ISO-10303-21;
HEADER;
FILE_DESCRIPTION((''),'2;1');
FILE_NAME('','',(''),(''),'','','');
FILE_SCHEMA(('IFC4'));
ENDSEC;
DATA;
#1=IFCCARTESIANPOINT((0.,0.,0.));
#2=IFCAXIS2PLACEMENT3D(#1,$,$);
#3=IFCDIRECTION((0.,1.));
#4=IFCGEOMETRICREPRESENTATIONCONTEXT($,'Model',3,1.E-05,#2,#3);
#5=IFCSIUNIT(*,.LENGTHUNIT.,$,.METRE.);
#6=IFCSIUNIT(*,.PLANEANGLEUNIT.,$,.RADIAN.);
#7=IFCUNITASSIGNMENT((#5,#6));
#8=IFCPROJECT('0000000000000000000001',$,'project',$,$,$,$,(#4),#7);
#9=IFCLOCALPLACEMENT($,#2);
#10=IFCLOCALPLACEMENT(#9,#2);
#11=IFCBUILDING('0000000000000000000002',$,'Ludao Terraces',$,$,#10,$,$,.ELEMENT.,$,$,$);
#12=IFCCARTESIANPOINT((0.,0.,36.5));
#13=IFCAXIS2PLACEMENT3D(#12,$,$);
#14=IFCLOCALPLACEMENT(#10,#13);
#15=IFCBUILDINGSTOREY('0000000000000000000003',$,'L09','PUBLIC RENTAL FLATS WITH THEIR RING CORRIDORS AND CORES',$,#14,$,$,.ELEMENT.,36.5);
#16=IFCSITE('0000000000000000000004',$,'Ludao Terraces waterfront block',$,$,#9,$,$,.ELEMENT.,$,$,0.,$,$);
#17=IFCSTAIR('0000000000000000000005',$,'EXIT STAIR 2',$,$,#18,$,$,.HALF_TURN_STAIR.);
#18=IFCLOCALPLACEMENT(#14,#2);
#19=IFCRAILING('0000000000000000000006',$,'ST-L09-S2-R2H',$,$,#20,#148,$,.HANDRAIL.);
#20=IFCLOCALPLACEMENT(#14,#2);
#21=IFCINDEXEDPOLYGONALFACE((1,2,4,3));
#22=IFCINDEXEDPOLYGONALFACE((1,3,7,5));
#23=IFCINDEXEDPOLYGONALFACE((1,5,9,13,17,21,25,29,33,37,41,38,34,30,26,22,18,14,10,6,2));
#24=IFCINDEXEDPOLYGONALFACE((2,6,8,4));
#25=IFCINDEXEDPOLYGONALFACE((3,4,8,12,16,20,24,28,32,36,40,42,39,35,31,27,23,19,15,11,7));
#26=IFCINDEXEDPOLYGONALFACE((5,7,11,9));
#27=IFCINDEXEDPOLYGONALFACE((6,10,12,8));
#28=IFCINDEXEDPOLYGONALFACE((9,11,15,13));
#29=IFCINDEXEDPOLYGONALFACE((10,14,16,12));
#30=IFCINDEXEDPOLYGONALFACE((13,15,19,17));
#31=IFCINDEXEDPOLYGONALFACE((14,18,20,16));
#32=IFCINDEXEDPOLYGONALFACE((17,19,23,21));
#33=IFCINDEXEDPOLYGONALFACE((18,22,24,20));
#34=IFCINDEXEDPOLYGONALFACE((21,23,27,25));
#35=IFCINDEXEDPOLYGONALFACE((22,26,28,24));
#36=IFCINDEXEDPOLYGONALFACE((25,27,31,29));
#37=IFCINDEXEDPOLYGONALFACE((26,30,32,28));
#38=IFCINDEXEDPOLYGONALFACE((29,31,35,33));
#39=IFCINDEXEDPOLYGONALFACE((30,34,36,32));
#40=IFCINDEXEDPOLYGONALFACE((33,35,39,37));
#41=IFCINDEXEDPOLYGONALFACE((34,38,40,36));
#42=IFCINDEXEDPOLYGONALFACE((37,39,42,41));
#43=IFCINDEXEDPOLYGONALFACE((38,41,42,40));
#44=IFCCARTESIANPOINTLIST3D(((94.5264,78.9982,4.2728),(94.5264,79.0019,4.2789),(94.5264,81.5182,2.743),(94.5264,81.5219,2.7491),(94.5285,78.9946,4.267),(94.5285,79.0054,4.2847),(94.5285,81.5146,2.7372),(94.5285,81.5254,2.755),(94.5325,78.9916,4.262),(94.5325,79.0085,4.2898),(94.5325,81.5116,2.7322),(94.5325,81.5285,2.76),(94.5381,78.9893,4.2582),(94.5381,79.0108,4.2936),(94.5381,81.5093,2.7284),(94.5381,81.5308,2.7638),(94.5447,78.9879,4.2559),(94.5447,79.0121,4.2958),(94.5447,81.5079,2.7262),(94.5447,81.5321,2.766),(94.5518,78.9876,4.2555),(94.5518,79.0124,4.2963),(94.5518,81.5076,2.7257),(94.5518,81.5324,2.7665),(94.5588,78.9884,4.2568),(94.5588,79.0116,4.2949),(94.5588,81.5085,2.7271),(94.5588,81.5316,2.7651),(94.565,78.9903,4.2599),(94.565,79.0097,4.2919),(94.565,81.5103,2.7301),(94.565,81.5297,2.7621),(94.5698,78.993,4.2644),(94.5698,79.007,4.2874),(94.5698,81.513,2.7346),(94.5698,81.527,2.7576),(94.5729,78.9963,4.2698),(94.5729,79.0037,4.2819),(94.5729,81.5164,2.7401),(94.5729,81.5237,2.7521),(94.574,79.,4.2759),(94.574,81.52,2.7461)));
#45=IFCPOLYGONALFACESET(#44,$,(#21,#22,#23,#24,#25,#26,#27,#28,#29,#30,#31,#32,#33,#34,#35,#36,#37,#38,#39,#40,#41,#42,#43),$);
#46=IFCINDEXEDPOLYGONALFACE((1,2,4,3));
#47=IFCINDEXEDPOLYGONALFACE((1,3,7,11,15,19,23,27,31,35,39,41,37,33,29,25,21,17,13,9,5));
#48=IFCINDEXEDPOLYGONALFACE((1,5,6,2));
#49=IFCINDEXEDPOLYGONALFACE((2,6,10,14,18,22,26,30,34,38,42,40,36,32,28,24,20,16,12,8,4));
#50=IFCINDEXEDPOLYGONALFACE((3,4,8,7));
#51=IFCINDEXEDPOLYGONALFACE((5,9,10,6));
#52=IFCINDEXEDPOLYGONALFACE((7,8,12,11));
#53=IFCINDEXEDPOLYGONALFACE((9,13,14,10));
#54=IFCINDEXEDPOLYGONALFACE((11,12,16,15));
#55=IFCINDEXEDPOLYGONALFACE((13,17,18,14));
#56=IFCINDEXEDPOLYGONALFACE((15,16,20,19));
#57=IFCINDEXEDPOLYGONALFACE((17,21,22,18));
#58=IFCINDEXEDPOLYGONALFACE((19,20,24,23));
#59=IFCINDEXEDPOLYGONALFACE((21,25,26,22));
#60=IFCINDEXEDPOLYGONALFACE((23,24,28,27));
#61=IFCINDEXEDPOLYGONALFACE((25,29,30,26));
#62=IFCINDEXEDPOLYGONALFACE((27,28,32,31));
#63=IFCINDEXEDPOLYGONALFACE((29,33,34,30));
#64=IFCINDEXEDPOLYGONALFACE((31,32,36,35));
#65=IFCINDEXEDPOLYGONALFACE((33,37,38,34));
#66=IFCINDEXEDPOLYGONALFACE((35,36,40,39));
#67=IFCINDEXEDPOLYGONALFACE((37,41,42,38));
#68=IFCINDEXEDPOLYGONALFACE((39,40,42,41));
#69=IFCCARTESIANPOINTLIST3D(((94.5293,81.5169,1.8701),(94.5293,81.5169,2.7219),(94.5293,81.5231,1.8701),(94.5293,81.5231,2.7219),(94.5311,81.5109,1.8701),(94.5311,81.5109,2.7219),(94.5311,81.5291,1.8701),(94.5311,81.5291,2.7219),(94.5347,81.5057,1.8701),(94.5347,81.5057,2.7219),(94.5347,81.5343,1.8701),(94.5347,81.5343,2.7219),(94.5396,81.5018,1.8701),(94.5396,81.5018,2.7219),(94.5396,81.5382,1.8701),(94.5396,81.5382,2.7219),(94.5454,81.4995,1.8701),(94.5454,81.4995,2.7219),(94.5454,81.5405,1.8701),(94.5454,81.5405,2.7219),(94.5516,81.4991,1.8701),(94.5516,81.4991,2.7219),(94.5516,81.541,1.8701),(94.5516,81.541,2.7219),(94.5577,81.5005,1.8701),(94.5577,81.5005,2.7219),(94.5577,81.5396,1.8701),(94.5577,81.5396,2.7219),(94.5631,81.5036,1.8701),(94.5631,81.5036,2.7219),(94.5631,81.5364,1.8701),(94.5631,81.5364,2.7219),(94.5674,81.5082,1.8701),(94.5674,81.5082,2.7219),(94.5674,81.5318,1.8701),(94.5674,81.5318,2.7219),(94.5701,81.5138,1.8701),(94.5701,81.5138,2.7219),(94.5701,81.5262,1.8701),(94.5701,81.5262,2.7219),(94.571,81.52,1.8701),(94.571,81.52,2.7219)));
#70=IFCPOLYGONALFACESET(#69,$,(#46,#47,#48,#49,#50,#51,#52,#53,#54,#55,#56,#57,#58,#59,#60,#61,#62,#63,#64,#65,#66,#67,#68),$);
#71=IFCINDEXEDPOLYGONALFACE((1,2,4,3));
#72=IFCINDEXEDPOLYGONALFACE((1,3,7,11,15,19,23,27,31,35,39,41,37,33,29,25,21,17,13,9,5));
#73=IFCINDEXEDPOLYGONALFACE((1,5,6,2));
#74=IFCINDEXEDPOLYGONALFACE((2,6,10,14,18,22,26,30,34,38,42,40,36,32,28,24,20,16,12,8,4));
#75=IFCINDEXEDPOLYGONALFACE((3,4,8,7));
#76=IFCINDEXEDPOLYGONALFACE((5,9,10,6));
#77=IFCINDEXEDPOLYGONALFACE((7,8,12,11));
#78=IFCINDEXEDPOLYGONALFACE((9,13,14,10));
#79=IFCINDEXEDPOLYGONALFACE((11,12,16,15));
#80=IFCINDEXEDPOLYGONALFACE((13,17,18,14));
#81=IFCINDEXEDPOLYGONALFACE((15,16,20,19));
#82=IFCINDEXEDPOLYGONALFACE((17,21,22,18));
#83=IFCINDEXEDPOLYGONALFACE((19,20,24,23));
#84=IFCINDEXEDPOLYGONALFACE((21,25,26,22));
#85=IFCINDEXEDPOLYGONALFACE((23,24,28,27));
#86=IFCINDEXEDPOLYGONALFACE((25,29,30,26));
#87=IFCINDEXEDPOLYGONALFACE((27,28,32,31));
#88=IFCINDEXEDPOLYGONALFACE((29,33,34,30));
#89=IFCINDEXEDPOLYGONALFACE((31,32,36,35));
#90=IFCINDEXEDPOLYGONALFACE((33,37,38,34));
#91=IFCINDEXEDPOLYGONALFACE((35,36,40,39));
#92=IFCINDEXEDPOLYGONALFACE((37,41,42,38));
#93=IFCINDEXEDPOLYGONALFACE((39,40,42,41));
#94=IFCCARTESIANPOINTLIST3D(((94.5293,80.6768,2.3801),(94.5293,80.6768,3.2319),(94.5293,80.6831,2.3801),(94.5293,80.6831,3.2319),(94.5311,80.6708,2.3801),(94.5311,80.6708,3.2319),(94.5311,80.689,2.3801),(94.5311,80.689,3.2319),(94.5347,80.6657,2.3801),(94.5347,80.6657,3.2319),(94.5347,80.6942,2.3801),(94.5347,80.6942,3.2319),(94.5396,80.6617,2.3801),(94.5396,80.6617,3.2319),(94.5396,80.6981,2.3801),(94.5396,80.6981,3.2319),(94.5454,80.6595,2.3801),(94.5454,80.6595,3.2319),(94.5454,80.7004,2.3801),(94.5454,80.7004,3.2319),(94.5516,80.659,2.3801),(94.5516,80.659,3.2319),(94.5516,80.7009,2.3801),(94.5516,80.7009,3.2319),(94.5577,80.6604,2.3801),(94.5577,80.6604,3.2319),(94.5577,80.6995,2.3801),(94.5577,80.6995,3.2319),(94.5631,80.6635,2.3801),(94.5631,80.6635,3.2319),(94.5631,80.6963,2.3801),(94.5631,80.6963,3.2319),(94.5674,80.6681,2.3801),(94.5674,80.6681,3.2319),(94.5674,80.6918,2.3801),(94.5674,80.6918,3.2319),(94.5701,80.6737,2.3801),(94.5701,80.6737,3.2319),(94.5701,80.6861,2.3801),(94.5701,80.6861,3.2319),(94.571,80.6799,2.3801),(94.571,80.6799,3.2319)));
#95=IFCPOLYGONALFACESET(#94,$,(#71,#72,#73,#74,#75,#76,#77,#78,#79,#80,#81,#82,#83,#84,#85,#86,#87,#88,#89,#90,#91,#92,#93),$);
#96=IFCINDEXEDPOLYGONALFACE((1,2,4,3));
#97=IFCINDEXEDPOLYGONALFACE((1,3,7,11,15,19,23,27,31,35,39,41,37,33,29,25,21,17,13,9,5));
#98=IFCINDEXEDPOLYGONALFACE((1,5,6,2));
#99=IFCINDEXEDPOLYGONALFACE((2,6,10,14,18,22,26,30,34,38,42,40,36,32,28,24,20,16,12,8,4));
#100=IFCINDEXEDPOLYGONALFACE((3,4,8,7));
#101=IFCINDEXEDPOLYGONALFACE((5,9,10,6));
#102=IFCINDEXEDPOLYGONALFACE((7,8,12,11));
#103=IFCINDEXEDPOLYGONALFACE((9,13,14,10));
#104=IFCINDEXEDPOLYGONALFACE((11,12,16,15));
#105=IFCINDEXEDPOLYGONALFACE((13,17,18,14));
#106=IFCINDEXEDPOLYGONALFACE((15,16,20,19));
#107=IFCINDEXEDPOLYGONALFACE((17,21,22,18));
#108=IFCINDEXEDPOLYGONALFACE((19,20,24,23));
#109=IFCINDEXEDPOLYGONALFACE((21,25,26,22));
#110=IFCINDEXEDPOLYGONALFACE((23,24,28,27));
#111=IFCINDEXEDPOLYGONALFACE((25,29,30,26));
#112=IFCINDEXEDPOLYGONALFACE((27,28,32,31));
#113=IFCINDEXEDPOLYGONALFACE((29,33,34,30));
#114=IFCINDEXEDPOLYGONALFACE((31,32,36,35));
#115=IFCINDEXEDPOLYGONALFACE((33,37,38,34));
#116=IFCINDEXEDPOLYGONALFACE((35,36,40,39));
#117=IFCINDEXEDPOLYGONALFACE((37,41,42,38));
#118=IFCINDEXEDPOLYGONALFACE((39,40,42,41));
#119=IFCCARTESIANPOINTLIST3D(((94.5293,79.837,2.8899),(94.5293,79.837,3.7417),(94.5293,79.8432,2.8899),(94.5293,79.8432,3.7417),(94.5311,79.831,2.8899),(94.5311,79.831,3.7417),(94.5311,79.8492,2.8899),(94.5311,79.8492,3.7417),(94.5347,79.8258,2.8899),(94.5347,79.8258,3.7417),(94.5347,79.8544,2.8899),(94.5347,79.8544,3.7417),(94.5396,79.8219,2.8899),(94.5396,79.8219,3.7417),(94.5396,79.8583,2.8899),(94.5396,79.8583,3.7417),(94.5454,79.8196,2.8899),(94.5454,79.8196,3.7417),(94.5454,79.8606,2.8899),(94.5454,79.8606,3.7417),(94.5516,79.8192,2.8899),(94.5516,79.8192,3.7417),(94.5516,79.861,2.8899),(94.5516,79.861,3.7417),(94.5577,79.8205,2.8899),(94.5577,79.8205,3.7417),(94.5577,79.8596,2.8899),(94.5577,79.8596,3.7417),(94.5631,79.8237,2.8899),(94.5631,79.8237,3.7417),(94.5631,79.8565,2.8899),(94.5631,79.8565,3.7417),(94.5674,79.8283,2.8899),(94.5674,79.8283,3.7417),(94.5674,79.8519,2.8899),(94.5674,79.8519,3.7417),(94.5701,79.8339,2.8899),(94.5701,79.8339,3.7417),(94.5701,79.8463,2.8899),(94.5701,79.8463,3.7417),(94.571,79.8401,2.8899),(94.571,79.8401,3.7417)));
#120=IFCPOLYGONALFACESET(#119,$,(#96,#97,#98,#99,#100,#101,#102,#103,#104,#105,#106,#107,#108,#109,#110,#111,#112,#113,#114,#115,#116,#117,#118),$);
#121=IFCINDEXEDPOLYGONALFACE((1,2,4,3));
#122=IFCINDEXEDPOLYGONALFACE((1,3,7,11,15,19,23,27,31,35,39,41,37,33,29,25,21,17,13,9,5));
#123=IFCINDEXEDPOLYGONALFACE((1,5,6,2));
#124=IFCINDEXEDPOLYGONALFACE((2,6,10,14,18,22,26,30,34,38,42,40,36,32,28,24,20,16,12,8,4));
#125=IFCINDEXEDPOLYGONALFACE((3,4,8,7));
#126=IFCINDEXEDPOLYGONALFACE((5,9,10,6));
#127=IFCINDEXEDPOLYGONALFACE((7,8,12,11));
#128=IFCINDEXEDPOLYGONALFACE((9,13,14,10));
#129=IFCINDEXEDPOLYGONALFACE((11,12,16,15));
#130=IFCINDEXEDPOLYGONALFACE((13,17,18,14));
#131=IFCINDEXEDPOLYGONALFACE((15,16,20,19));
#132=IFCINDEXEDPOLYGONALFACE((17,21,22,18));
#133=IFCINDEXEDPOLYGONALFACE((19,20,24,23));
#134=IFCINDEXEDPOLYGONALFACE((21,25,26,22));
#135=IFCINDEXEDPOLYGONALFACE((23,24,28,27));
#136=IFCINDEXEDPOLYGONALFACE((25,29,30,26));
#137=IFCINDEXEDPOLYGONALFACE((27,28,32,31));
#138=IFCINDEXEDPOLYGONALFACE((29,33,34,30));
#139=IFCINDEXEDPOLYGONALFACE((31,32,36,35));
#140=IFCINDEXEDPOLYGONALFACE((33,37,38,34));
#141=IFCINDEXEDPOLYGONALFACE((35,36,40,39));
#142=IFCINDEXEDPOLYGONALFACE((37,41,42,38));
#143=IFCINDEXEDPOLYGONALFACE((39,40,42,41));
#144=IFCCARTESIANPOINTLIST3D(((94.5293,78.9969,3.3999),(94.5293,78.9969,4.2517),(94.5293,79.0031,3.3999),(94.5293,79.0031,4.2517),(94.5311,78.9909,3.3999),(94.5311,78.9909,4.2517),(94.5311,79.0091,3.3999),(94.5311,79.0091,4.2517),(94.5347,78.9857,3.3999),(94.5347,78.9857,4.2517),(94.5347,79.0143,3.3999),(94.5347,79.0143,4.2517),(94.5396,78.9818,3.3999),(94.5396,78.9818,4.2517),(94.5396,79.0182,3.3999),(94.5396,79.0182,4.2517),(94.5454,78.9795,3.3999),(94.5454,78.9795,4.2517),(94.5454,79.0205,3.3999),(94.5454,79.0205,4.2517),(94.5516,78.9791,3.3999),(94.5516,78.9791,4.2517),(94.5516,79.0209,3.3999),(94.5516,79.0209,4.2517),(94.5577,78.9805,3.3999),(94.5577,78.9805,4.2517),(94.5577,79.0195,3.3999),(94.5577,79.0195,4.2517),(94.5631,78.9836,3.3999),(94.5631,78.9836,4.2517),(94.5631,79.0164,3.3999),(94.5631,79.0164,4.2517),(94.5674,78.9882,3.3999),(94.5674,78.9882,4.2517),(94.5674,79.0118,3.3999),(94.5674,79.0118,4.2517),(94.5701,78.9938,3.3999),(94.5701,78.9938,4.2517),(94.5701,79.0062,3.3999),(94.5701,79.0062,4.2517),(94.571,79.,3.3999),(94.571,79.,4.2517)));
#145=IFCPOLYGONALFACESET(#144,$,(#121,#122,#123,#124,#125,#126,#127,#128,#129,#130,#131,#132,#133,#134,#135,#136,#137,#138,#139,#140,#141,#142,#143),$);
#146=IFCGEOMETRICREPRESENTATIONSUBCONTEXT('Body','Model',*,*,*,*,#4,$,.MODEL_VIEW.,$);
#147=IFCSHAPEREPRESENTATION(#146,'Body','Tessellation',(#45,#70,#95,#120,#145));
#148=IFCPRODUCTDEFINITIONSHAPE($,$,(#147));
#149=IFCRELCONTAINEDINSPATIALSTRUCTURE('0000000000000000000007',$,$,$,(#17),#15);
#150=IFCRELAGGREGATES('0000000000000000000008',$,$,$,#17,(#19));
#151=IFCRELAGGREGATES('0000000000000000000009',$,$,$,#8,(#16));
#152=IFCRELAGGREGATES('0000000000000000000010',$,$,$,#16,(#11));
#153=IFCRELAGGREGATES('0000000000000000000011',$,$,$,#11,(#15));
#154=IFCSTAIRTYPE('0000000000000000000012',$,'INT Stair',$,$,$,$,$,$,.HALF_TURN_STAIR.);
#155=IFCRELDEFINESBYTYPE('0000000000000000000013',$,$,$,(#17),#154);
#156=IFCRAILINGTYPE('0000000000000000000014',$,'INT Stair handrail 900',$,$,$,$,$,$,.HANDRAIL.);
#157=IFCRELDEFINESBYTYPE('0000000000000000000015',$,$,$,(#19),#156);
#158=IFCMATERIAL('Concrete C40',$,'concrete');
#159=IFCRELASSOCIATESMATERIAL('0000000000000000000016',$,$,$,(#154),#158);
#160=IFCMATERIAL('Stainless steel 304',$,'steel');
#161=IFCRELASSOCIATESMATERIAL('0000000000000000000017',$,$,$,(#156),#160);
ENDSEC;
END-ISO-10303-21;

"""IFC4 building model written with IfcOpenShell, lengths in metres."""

from ifc_helpers import new_model, si_unit, direction, frame, origin, origin_2d, place, context, subcontext, project, spatial, circle, extrude, material, type_object, element, aggregate, save


model = new_model("IFC4")

# Units and contexts
model_context = context("Model", 3, precision=1e-05, world=origin(), true_north=direction((0.0, 1.0)))
body_context = subcontext(model_context, "Body", "Model", "MODEL_VIEW")
ifc_project = project(units=[si_unit("LENGTHUNIT", "METRE"), si_unit("PLANEANGLEUNIT", "RADIAN")], contexts=[model_context])

# Site, building, storey
site_placement = place(None, origin())
site = spatial("IfcSite", under=ifc_project, at=site_placement, Name="Ludao Terraces waterfront block", CompositionType="ELEMENT", RefElevation=0.0)
building_placement = place(site_placement, origin())
building = spatial("IfcBuilding", under=site, at=building_placement, Name="Ludao Terraces", CompositionType="ELEMENT")
storey_placement = place(building_placement, frame((0.0, 0.0, 36.5)))
storey = spatial("IfcBuildingStorey", under=building, at=storey_placement, Name="L09", Description="PUBLIC RENTAL FLATS WITH THEIR RING CORRIDORS AND CORES", CompositionType="ELEMENT", Elevation=36.5)

# Shared definitions
ifc_material_1 = material(Name="Concrete C40", Category="concrete")

# Stair, railing
stair_type = type_object("IfcStairType", Name="INT Stair", PredefinedType="HALF_TURN_STAIR", material=ifc_material_1)
stair_placement = place(storey_placement, origin())
stair = element("IfcStair", 1, at=stair_placement, inside=storey, type_object=stair_type, Name="EXIT STAIR 2", PredefinedType="HALF_TURN_STAIR")
ifc_material_2 = material(Name="Stainless steel 304", Category="steel")
railing_type_1 = type_object("IfcRailingType", Name="INT Stair handrail 900", PredefinedType="HANDRAIL", material=ifc_material_2)
railing_1_placement = place(storey_placement, frame((94.55, 81.52, 1.8701)))
railing_1 = element("IfcRailing", 2, at=railing_1_placement, type_object=railing_type_1, Name="ST-L09-S2-R2H", PredefinedType="HANDRAIL", context=body_context, shape_type="SweptSolid", body=[
    extrude(circle(Radius=0.0239, at=origin_2d()), frame((0.0, 0.0, 0.876), z_axis=(0.0, -0.854822, 0.518922), x_axis=(1.0, 0.0, 0.0)), (0.0, 0.0, 1.0), 2.948),
    extrude(circle(Radius=0.021, at=origin_2d()), origin(), (0.0, 0.0, 1.0), 0.8518),
    extrude(circle(Radius=0.021, at=origin_2d()), frame((0.0, -0.8401, 0.51)), (0.0, 0.0, 1.0), 0.8518),
    extrude(circle(Radius=0.021, at=origin_2d()), frame((0.0, -1.6799, 1.0198)), (0.0, 0.0, 1.0), 0.8518),
    extrude(circle(Radius=0.021, at=origin_2d()), frame((0.0, -2.52, 1.5298)), (0.0, 0.0, 1.0), 0.8518),
])
aggregate(stair, [railing_1])

save(model, "model.ifc")
